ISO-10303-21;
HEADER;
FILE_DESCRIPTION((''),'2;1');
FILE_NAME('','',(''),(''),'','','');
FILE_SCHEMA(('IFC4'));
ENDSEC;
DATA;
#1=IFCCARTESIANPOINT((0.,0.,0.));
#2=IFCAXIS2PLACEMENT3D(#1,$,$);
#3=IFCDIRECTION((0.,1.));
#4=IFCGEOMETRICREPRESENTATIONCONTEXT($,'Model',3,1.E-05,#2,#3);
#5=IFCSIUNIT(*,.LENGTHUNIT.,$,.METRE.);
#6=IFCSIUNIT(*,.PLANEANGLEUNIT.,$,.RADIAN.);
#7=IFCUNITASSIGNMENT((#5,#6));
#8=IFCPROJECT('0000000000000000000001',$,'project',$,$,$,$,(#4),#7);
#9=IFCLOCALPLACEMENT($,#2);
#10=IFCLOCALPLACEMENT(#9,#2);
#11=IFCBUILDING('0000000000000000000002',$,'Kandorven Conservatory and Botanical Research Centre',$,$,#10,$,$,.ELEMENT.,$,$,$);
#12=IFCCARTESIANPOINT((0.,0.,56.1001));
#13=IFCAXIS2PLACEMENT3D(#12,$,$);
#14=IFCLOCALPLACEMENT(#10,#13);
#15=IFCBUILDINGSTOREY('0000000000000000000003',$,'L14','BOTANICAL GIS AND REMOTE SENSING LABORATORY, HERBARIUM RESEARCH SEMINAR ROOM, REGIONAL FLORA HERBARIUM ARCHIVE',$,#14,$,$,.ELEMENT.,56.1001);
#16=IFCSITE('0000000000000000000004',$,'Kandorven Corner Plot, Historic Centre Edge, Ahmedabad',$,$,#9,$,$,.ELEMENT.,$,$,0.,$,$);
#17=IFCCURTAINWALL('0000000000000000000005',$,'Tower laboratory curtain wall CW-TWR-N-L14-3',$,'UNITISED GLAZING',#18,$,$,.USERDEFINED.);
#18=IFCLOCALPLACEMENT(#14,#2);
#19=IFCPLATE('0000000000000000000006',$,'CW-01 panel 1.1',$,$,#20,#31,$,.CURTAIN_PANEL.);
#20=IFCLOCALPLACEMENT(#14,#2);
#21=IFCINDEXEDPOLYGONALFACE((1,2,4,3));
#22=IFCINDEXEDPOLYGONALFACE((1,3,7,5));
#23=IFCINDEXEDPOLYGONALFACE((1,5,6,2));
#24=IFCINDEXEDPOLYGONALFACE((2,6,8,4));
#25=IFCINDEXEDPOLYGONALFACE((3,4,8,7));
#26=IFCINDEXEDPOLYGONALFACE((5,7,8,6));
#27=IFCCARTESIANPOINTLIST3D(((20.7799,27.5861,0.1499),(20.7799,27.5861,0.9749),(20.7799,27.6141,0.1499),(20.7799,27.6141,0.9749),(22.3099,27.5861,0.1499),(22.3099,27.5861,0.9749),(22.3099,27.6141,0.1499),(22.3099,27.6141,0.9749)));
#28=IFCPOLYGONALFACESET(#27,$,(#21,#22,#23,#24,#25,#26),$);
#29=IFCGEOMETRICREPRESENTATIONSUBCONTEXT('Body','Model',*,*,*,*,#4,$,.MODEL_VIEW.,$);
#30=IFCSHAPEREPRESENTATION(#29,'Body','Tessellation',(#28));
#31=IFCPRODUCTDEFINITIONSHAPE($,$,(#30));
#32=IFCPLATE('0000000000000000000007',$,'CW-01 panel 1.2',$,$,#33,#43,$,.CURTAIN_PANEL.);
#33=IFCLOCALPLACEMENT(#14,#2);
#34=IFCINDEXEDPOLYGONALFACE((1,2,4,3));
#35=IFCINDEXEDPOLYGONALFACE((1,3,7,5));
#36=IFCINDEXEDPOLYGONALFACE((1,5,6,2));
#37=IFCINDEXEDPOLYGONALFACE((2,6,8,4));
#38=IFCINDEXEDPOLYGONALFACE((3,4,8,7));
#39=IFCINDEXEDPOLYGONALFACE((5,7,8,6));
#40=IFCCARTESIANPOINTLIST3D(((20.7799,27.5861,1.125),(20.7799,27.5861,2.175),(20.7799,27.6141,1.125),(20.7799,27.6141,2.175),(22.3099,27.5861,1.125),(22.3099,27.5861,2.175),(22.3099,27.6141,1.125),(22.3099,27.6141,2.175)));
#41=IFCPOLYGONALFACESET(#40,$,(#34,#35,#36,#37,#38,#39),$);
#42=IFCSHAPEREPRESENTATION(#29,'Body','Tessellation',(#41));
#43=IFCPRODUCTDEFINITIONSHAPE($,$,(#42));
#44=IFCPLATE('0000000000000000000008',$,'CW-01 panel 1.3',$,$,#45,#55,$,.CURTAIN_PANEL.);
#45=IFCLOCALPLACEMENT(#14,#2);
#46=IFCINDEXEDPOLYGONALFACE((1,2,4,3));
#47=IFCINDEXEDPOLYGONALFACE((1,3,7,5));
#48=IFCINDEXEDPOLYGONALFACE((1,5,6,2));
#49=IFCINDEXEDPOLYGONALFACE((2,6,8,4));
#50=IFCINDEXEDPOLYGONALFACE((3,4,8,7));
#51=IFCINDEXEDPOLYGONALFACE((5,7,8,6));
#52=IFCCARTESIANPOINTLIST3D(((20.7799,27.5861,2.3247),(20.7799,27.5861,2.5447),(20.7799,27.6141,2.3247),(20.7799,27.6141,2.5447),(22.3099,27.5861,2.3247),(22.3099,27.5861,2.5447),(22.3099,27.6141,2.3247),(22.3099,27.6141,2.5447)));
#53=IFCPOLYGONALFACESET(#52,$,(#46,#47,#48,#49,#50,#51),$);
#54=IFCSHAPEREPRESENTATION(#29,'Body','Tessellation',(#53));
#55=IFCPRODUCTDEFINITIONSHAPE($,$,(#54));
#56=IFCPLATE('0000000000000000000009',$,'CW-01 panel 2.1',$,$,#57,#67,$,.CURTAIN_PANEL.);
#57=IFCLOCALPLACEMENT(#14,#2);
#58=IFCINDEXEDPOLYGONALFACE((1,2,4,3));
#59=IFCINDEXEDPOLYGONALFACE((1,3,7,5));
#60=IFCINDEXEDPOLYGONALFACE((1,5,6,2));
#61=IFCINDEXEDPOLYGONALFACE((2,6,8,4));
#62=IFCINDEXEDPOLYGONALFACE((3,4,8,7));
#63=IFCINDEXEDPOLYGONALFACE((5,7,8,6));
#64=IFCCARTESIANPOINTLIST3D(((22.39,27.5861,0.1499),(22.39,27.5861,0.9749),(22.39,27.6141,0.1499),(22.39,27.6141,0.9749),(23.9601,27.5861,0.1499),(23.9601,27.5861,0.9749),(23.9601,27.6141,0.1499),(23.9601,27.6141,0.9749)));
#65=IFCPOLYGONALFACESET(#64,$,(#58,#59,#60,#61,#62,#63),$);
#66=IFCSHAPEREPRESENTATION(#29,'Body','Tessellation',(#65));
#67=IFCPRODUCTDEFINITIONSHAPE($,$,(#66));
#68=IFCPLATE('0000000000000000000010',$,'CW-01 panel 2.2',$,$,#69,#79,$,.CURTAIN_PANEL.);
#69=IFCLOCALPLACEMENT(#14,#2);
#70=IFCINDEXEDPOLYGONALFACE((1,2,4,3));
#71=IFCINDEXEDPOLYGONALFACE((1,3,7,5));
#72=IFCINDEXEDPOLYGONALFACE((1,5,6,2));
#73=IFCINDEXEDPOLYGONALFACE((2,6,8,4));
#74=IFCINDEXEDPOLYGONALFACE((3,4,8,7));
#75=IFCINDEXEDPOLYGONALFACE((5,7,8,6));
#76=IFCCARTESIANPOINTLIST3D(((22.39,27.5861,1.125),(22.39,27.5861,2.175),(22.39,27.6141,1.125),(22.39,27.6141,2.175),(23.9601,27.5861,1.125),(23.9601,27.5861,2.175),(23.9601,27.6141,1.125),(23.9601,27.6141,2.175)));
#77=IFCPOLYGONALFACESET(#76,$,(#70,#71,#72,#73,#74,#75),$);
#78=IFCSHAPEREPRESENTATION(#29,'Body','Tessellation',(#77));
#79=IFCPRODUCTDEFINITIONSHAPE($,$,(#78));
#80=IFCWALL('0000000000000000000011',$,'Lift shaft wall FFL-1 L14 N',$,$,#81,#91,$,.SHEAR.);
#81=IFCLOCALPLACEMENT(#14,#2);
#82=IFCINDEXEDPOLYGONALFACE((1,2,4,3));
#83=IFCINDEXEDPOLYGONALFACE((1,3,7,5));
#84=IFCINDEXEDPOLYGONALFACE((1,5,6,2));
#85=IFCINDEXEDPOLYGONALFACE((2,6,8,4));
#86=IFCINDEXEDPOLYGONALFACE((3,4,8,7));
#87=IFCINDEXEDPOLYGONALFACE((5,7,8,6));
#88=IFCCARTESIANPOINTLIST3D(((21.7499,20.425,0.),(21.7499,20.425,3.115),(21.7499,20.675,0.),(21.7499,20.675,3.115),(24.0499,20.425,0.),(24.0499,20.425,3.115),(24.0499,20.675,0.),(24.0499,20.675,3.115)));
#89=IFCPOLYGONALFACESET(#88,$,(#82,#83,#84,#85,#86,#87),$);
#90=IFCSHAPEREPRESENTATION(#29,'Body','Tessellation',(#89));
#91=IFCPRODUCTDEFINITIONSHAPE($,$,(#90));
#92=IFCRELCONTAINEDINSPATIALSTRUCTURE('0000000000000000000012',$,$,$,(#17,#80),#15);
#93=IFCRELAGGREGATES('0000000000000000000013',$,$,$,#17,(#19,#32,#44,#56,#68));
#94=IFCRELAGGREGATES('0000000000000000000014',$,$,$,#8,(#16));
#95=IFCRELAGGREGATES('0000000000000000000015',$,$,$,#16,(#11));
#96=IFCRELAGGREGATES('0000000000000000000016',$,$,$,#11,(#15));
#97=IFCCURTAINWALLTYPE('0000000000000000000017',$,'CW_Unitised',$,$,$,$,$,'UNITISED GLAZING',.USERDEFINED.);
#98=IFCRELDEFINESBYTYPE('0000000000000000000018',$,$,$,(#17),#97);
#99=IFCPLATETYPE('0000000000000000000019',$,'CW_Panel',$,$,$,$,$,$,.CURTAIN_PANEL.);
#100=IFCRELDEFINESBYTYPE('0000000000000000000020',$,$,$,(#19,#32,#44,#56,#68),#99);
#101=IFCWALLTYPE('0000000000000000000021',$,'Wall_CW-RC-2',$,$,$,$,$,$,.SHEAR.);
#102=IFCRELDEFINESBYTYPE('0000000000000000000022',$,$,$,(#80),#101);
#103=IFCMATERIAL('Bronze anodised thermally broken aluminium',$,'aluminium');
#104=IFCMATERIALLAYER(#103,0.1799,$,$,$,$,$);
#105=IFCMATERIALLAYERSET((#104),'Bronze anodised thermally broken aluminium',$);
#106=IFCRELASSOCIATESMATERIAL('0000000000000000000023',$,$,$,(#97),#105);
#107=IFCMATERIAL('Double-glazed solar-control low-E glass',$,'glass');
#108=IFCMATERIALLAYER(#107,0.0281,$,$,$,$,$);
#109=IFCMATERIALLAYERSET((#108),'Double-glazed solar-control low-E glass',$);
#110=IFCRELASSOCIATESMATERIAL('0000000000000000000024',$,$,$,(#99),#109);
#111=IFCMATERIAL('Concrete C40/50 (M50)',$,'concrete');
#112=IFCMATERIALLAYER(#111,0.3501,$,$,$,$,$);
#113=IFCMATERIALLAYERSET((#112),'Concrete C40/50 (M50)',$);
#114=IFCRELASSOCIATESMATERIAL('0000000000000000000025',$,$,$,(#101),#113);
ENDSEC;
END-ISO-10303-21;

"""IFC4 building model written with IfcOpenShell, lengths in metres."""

from ifc_helpers import new_model, si_unit, direction, frame, frame_2d, origin, origin_2d, place, context, subcontext, project, spatial, rectangle, extrude, material, layer, layer_set, type_object, element, aggregate, save


model = new_model("IFC4")

# Units and contexts
model_context = context("Model", 3, precision=1e-05, world=origin(), true_north=direction((0.0, 1.0)))
body_context = subcontext(model_context, "Body", "Model", "MODEL_VIEW")
ifc_project = project(units=[si_unit("LENGTHUNIT", "METRE"), si_unit("PLANEANGLEUNIT", "RADIAN")], contexts=[model_context])

# Site, building, storey
site_placement = place(None, origin())
site = spatial("IfcSite", under=ifc_project, at=site_placement, Name="Kandorven Corner Plot, Historic Centre Edge, Ahmedabad", CompositionType="ELEMENT", RefElevation=0.0)
building_placement = place(site_placement, origin())
building = spatial("IfcBuilding", under=site, at=building_placement, Name="Kandorven Conservatory and Botanical Research Centre", CompositionType="ELEMENT")
storey_placement = place(building_placement, frame((0.0, 0.0, 56.1001)))
storey = spatial("IfcBuildingStorey", under=building, at=storey_placement, Name="L14", Description="BOTANICAL GIS AND REMOTE SENSING LABORATORY, HERBARIUM RESEARCH SEMINAR ROOM, REGIONAL FLORA HERBARIUM ARCHIVE", CompositionType="ELEMENT", Elevation=56.1001)

# Shared definitions
ifc_material_1 = material(Name="Bronze anodised thermally broken aluminium", Category="aluminium")
ifc_layer_1 = layer(ifc_material_1, 0.1799)
ifc_layer_set_1 = layer_set([ifc_layer_1], Name="Bronze anodised thermally broken aluminium")
curtain_wall_type = type_object("IfcCurtainWallType", Name="CW_Unitised", ElementType="UNITISED GLAZING", PredefinedType="USERDEFINED", material=ifc_layer_set_1)

# Curtain wall
curtain_wall_1_placement = place(storey_placement, origin())
curtain_wall_1 = element("IfcCurtainWall", 1, at=curtain_wall_1_placement, inside=storey, type_object=curtain_wall_type, Name="Tower laboratory curtain wall CW-TWR-N-L14-3", ObjectType="UNITISED GLAZING", PredefinedType="USERDEFINED")

# Plates
ifc_material_2 = material(Name="Double-glazed solar-control low-E glass", Category="glass")
ifc_layer_2 = layer(ifc_material_2, 0.0281)
ifc_layer_set_2 = layer_set([ifc_layer_2], Name="Double-glazed solar-control low-E glass")
plate_type = type_object("IfcPlateType", Name="CW_Panel", PredefinedType="CURTAIN_PANEL", material=ifc_layer_set_2)
plate_1_placement = place(storey_placement, frame((21.5449, 27.6001, 0.1499), z_axis=(0.0, 0.0, 1.0), x_axis=(1.0, 0.0, 0.0)))
plate_1 = element("IfcPlate", 2, at=plate_1_placement, type_object=plate_type, Name="CW-01 panel 1.1", PredefinedType="CURTAIN_PANEL", context=body_context, shape_type="SweptSolid", body=[
    extrude(rectangle(XDim=1.53, YDim=0.0281, at=origin_2d()), origin(), (0.0, 0.0, 1.0), 0.825),
])
plate_2_placement = place(storey_placement, frame((21.5449, 27.6001, 1.125), z_axis=(0.0, 0.0, 1.0), x_axis=(1.0, 0.0, 0.0)))
plate_2 = element("IfcPlate", 3, at=plate_2_placement, type_object=plate_type, Name="CW-01 panel 1.2", PredefinedType="CURTAIN_PANEL", context=body_context, shape_type="SweptSolid", body=[
    extrude(rectangle(XDim=1.53, YDim=0.0281, at=origin_2d()), origin(), (0.0, 0.0, 1.0), 1.05),
])
plate_3_placement = place(storey_placement, frame((21.5449, 27.6001, 2.3247), z_axis=(0.0, 0.0, 1.0), x_axis=(1.0, 0.0, 0.0)))
plate_3 = element("IfcPlate", 4, at=plate_3_placement, type_object=plate_type, Name="CW-01 panel 1.3", PredefinedType="CURTAIN_PANEL", context=body_context, shape_type="SweptSolid", body=[
    extrude(rectangle(XDim=1.53, YDim=0.0281, at=origin_2d()), origin(), (0.0, 0.0, 1.0), 0.22),
])
plate_4_placement = place(storey_placement, frame((23.175, 27.6001, 0.1499), z_axis=(0.0, 0.0, 1.0), x_axis=(1.0, 0.0, 0.0)))
plate_4 = element("IfcPlate", 5, at=plate_4_placement, type_object=plate_type, Name="CW-01 panel 2.1", PredefinedType="CURTAIN_PANEL", context=body_context, shape_type="SweptSolid", body=[
    extrude(rectangle(XDim=1.5701, YDim=0.0281, at=origin_2d()), origin(), (0.0, 0.0, 1.0), 0.825),
])
plate_5_placement = place(storey_placement, frame((23.175, 27.6001, 1.125), z_axis=(0.0, 0.0, 1.0), x_axis=(1.0, 0.0, 0.0)))
plate_5 = element("IfcPlate", 6, at=plate_5_placement, type_object=plate_type, Name="CW-01 panel 2.2", PredefinedType="CURTAIN_PANEL", context=body_context, shape_type="SweptSolid", body=[
    extrude(rectangle(XDim=1.5701, YDim=0.0281, at=origin_2d()), origin(), (0.0, 0.0, 1.0), 1.05),
])
aggregate(curtain_wall_1, [plate_1, plate_2, plate_3, plate_4, plate_5])

# Wall
ifc_material_3 = material(Name="Concrete C40/50 (M50)", Category="concrete")
ifc_layer_3 = layer(ifc_material_3, 0.3501)
ifc_layer_set_3 = layer_set([ifc_layer_3], Name="Concrete C40/50 (M50)")
wall_type = type_object("IfcWallType", Name="Wall_CW-RC-2", PredefinedType="SHEAR", material=ifc_layer_set_3)
wall_placement = place(storey_placement, frame((21.75, 20.55, 0.0), z_axis=(0.0, 0.0, 1.0), x_axis=(1.0, 0.0, 0.0)))
element("IfcWall", 7, at=wall_placement, inside=storey, type_object=wall_type, Name="Lift shaft wall FFL-1 L14 N", PredefinedType="SHEAR", context=body_context, shape_type="SweptSolid", body=[
    extrude(rectangle(XDim=2.3, YDim=0.25, at=frame_2d((1.1499, 0.0))), origin(), (0.0, 0.0, 1.0), 3.115),
])

save(model, "model.ifc")
